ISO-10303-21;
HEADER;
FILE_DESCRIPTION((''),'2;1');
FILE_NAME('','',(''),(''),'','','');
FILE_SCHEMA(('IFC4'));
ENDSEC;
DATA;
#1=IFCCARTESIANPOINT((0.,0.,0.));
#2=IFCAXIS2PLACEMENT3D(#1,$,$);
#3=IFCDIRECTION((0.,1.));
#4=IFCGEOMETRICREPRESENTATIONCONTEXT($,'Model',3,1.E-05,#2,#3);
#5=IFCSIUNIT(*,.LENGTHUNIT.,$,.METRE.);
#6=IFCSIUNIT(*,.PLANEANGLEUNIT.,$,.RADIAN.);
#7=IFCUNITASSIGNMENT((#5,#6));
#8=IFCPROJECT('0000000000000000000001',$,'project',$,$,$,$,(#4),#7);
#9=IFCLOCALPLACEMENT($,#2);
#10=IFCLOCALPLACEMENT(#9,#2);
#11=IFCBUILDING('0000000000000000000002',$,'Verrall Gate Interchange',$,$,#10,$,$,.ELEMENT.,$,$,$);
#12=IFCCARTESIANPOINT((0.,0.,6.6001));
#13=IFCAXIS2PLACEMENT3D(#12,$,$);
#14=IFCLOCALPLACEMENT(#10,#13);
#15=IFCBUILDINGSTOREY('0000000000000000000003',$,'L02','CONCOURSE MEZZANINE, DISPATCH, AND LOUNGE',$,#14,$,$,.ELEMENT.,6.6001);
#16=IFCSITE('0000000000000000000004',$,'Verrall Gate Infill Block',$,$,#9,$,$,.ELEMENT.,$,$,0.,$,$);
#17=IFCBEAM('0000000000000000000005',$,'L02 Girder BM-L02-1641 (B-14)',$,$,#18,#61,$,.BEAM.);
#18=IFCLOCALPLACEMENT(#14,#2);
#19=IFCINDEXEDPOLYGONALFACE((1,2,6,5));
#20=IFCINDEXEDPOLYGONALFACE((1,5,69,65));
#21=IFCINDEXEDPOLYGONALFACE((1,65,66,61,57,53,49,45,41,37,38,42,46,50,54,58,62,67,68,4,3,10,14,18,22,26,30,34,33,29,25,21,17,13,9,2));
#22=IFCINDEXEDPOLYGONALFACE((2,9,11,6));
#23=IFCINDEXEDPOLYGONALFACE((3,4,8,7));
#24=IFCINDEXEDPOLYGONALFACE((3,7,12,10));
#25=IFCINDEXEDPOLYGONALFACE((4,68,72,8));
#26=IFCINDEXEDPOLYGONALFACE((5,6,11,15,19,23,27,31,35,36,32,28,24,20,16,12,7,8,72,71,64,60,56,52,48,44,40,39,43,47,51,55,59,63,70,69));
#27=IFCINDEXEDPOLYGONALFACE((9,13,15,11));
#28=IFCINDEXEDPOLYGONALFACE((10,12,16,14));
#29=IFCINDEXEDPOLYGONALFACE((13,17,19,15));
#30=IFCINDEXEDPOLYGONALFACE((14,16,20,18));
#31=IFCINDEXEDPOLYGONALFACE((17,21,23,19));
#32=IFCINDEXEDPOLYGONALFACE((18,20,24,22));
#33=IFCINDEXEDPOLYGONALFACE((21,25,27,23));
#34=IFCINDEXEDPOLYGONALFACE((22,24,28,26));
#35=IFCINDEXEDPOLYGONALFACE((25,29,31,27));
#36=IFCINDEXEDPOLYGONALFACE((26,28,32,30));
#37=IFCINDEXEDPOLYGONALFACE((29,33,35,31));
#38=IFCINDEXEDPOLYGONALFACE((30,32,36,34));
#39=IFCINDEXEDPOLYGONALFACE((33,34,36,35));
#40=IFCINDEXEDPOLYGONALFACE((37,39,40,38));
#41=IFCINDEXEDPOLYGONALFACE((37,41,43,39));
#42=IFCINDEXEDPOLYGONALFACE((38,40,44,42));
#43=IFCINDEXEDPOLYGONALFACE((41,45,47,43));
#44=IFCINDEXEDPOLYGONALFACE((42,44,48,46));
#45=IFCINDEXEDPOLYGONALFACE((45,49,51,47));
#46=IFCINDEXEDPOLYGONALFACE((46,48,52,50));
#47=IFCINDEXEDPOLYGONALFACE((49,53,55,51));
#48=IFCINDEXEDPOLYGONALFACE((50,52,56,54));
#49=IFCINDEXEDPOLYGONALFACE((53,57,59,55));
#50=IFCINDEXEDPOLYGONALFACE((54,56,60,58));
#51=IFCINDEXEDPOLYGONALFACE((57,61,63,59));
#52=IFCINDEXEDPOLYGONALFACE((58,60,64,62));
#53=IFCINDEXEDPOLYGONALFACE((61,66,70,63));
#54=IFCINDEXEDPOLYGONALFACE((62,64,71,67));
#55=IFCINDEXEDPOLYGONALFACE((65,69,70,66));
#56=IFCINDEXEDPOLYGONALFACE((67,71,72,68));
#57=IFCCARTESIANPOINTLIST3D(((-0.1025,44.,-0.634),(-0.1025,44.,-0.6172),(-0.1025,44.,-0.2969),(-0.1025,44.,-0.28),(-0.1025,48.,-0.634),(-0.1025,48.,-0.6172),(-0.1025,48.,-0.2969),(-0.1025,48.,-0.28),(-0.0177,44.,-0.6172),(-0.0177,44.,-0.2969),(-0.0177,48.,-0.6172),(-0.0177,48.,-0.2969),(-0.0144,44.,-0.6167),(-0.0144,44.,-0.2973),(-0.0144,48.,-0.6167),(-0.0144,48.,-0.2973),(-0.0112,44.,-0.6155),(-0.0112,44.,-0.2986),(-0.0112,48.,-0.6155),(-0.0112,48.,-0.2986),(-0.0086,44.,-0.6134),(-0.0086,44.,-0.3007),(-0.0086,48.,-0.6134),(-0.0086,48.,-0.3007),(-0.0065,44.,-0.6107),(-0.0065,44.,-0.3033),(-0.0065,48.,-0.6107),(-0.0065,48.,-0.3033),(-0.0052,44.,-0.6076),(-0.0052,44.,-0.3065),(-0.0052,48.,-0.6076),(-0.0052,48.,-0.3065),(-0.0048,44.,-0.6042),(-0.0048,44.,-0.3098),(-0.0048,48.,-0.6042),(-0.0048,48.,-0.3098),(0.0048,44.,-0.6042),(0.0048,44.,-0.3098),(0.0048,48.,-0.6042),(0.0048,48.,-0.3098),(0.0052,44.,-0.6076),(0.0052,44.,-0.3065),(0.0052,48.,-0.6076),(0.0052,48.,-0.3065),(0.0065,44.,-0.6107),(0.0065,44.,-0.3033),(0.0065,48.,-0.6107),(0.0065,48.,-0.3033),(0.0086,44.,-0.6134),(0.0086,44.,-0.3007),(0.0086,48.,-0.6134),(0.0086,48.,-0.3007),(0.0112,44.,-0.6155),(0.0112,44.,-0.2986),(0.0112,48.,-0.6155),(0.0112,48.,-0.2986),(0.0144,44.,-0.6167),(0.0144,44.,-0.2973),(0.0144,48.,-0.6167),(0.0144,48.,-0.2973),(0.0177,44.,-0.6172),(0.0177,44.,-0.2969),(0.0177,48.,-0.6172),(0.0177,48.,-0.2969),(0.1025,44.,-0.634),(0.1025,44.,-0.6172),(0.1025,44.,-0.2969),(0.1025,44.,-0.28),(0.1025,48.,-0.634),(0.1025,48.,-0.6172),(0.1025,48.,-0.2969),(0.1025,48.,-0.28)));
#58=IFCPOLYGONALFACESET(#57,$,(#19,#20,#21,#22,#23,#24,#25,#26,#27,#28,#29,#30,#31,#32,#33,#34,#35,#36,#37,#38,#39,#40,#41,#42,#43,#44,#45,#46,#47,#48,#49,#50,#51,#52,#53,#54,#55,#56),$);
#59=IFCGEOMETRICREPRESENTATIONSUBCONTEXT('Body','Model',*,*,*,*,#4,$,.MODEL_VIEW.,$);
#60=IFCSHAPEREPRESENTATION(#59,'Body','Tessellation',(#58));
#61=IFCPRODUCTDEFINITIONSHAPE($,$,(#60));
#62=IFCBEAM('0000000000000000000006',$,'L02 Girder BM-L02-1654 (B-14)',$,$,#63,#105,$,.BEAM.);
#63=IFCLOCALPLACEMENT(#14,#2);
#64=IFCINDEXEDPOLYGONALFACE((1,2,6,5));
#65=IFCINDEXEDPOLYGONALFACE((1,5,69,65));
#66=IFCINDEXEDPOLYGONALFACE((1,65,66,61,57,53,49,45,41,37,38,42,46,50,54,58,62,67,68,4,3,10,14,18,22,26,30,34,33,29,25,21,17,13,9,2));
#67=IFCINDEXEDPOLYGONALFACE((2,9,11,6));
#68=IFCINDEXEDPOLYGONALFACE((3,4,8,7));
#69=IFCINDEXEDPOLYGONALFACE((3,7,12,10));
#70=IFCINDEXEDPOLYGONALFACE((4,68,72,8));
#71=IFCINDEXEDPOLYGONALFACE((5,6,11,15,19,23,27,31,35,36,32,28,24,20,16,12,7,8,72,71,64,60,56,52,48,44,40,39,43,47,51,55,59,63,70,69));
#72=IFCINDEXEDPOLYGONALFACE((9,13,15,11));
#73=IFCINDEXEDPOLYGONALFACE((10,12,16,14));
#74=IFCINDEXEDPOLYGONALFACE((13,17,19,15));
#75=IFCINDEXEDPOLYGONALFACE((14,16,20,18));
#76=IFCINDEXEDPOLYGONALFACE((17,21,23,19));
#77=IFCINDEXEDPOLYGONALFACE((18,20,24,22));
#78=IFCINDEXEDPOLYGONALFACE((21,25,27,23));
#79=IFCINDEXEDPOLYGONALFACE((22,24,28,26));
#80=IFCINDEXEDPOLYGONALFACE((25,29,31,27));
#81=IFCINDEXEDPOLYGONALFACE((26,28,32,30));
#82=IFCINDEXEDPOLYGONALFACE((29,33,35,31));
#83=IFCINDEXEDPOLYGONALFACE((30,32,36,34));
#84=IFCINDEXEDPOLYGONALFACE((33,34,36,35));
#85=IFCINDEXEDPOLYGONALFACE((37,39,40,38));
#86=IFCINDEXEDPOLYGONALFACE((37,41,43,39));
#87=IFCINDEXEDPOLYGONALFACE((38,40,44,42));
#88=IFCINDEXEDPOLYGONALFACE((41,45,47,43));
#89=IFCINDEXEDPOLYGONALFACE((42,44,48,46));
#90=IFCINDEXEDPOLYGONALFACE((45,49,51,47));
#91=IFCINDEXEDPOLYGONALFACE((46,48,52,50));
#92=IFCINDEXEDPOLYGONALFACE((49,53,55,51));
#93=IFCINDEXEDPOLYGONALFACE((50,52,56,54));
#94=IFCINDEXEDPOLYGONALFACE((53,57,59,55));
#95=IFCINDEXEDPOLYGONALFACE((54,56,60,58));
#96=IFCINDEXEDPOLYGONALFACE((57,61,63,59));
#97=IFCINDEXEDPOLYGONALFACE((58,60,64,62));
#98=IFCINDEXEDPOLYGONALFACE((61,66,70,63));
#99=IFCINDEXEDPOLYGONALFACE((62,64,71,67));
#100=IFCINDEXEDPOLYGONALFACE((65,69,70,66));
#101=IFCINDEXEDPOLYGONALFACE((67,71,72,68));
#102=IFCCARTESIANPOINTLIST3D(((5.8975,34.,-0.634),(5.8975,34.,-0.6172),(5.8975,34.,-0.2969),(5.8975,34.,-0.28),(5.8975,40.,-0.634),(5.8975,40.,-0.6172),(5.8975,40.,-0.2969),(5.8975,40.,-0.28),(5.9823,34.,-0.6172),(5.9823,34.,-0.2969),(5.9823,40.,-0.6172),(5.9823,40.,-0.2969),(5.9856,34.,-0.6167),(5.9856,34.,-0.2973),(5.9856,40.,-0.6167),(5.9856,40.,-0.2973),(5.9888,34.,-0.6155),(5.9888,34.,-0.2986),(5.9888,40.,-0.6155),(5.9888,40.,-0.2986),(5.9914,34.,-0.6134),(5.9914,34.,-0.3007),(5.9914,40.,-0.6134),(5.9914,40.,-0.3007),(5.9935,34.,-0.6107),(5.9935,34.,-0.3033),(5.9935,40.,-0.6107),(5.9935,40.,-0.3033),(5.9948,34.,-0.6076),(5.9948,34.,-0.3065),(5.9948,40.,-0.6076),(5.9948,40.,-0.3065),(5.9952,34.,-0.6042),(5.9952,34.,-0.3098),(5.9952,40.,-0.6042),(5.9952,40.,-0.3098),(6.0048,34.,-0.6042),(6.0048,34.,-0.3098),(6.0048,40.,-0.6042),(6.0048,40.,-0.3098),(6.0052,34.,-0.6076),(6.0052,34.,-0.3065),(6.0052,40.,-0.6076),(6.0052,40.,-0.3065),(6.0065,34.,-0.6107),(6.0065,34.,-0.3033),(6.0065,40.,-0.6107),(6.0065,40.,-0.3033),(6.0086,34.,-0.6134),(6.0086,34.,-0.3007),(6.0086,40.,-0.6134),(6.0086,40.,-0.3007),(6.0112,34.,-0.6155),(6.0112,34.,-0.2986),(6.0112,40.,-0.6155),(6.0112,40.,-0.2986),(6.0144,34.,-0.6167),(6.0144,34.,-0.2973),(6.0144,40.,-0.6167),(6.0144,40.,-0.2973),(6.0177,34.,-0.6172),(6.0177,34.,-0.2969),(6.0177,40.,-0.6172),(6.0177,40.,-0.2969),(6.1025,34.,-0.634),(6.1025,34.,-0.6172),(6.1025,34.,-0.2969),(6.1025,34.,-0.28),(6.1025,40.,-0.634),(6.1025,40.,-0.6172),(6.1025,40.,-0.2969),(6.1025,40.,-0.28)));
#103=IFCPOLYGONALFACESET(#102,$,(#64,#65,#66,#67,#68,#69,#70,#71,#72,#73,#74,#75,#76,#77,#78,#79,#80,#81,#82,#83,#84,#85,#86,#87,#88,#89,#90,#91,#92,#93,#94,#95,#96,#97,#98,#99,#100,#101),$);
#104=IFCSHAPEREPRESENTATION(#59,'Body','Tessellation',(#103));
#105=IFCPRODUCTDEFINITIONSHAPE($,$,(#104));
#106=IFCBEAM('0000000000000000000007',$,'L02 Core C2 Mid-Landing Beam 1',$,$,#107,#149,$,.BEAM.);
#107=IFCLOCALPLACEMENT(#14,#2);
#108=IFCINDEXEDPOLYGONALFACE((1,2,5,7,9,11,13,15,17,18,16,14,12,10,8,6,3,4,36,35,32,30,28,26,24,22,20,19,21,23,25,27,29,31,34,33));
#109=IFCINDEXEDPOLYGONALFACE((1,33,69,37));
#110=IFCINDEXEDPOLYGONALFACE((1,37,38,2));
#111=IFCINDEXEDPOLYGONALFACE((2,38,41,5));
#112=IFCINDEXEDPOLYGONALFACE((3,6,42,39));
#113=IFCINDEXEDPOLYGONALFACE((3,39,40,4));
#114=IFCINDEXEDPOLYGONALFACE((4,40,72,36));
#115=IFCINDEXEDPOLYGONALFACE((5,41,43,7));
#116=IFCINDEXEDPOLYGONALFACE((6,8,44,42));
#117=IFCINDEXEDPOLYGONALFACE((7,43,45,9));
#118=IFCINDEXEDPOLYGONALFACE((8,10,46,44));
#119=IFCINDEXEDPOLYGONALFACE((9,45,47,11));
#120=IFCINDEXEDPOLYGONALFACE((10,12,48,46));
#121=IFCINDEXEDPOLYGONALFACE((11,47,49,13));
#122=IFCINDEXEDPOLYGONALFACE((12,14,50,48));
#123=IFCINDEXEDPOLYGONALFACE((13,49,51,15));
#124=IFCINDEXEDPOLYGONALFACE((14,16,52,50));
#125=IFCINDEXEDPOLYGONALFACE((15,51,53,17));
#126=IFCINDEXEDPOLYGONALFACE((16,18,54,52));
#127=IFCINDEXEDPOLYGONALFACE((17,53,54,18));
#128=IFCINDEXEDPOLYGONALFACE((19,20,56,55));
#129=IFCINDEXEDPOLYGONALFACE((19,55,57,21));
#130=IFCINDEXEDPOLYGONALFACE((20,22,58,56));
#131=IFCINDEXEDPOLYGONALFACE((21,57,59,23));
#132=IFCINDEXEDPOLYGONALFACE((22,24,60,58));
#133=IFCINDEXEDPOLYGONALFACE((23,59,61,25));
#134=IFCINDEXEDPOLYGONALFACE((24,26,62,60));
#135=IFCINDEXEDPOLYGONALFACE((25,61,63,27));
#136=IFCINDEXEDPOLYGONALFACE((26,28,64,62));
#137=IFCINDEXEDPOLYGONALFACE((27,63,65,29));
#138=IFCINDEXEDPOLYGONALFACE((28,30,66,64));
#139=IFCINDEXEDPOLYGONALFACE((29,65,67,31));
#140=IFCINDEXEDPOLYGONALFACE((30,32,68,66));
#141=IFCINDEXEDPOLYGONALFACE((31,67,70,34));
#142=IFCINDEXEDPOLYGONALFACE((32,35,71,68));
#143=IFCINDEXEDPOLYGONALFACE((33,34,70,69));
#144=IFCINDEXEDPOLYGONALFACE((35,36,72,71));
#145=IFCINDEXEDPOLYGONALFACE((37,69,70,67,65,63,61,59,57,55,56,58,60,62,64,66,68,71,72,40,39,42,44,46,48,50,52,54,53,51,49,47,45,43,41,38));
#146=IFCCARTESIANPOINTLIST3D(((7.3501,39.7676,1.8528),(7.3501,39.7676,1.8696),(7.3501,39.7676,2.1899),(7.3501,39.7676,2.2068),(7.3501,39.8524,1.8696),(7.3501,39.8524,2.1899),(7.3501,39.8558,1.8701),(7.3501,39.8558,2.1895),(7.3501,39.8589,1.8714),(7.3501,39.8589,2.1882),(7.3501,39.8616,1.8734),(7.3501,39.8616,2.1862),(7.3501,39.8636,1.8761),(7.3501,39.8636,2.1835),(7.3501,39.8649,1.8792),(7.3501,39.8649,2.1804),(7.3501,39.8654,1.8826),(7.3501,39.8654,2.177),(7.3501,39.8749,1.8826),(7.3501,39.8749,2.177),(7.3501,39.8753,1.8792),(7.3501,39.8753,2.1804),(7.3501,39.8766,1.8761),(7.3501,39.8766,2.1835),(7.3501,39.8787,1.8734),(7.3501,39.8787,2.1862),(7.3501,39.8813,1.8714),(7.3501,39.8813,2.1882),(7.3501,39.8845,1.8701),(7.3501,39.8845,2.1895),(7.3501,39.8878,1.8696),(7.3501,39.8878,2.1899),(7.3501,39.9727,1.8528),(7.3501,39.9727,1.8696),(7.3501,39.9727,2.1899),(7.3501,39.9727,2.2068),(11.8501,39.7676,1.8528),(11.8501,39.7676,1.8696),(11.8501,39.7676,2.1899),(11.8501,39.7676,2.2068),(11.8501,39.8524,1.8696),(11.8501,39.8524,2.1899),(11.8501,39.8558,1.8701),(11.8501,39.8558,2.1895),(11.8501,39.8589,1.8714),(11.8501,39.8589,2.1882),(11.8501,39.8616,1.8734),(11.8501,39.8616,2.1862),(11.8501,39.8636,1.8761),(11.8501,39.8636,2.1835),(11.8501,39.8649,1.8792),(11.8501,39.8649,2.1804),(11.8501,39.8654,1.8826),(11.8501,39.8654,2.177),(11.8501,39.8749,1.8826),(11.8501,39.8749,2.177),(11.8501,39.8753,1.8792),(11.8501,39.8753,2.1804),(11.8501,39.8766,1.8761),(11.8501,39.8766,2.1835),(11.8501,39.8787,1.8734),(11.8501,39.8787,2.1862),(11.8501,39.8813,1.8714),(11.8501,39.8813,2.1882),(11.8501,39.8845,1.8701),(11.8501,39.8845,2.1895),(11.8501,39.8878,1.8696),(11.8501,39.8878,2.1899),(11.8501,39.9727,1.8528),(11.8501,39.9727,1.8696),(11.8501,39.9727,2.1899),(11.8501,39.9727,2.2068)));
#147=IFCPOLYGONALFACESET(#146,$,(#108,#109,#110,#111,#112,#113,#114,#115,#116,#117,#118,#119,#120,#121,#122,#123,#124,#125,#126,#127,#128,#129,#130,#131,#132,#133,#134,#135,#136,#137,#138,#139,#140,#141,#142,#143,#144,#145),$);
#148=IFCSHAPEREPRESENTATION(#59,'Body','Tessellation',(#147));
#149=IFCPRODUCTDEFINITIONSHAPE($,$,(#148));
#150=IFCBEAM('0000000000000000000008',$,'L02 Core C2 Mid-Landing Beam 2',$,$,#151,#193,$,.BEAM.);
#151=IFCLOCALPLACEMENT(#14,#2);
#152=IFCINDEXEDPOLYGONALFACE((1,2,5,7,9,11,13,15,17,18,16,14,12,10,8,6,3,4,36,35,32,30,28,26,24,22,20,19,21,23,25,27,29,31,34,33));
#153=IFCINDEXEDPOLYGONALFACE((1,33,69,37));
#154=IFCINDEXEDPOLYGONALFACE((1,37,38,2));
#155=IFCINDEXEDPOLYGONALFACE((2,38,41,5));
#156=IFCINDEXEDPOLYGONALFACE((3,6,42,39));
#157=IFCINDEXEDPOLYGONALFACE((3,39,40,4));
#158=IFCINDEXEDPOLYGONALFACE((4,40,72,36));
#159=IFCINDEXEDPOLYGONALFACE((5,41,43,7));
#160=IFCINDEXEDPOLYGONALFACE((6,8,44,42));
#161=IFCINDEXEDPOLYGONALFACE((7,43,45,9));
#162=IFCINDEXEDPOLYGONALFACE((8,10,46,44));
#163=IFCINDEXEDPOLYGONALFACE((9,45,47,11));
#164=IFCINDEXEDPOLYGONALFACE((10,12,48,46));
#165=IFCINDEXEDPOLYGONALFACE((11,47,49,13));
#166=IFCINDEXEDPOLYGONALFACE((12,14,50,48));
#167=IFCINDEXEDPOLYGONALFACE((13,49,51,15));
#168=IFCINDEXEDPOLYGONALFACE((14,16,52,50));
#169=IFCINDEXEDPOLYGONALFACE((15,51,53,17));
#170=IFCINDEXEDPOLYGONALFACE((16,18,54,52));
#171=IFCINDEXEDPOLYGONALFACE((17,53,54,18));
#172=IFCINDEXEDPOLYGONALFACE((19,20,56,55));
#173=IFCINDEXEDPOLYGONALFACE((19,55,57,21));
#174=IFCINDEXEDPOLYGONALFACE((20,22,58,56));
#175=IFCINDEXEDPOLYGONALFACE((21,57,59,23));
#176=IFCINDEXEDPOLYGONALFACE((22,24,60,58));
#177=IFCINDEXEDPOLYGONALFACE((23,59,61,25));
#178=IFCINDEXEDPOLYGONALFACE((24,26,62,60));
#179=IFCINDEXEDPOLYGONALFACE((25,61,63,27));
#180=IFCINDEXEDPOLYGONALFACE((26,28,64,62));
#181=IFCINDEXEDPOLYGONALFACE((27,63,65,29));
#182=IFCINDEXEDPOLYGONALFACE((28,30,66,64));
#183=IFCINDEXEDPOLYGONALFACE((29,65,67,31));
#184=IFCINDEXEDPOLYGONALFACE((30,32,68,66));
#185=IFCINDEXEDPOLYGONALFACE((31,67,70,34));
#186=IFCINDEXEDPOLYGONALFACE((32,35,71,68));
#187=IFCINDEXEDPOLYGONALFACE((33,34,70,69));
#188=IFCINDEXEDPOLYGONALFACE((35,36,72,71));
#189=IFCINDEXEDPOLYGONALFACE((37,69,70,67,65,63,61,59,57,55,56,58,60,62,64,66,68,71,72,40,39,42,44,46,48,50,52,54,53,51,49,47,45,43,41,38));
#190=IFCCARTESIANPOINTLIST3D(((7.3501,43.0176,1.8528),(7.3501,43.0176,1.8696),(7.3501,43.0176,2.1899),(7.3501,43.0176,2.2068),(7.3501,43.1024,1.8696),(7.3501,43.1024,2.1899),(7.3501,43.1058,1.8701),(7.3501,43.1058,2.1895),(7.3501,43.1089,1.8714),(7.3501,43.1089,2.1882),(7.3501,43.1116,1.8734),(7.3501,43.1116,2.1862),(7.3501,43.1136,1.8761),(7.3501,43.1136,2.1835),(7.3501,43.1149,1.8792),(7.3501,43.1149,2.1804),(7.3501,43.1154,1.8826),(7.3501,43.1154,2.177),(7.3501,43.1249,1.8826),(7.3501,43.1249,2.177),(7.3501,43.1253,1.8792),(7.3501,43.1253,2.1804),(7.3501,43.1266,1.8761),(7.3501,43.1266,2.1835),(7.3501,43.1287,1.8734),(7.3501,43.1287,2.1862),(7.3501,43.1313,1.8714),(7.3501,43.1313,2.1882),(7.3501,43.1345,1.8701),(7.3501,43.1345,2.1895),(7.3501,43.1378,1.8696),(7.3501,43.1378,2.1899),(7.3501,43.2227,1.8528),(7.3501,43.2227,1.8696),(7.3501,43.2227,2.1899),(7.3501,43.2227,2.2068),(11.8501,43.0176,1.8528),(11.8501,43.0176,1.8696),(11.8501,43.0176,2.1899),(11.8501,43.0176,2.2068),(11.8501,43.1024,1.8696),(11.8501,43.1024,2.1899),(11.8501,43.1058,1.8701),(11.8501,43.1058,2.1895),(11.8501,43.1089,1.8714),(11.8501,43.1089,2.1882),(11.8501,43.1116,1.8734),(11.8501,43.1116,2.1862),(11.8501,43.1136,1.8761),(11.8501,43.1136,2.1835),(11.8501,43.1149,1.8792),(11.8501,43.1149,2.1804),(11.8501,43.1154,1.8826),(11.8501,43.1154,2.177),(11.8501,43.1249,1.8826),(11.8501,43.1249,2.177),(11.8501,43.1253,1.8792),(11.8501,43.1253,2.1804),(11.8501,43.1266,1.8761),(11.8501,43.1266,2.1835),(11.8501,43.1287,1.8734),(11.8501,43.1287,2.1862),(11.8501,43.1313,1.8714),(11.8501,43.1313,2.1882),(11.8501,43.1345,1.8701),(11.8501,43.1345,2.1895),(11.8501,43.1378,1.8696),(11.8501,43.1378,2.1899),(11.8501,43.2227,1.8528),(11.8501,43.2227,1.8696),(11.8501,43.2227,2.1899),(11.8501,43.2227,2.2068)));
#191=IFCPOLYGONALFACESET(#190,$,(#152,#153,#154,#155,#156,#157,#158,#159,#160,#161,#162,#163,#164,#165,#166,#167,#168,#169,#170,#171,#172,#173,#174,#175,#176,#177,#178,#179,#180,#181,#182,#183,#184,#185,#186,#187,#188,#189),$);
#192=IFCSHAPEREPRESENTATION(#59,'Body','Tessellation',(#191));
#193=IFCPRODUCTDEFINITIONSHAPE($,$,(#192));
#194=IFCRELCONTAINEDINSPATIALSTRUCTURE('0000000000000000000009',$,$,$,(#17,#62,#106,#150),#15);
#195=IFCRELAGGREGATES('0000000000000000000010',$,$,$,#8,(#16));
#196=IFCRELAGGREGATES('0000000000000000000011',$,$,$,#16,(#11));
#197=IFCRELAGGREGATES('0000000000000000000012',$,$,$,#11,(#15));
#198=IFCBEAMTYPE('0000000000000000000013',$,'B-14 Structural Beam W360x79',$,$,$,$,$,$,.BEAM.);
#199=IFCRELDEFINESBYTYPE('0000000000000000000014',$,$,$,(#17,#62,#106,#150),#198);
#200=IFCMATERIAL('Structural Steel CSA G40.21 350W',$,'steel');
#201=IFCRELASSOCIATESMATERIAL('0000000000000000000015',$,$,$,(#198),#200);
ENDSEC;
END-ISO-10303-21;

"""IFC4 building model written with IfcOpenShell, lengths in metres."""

from ifc_helpers import new_model, si_unit, direction, frame, origin, origin_2d, place, context, subcontext, project, spatial, i_section, extrude, material, material_profile, profile_set, type_object, element, save


model = new_model("IFC4")

# Units and contexts
model_context = context("Model", 3, precision=1e-05, world=origin(), true_north=direction((0.0, 1.0)))
body_context = subcontext(model_context, "Body", "Model", "MODEL_VIEW")
ifc_project = project(units=[si_unit("LENGTHUNIT", "METRE"), si_unit("PLANEANGLEUNIT", "RADIAN")], contexts=[model_context])

# Site, building, storey
site_placement = place(None, origin())
site = spatial("IfcSite", under=ifc_project, at=site_placement, Name="Verrall Gate Infill Block", CompositionType="ELEMENT", RefElevation=0.0)
building_placement = place(site_placement, origin())
building = spatial("IfcBuilding", under=site, at=building_placement, Name="Verrall Gate Interchange", CompositionType="ELEMENT")
storey_placement = place(building_placement, frame((0.0, 0.0, 6.6001)))
storey = spatial("IfcBuildingStorey", under=building, at=storey_placement, Name="L02", Description="CONCOURSE MEZZANINE, DISPATCH, AND LOUNGE", CompositionType="ELEMENT", Elevation=6.6001)

# Beams
ifc_material_1 = material(Name="Structural Steel CSA G40.21 350W", Category="steel")
ifc_material_profile_1 = material_profile(ifc_material_1, i_section(OverallWidth=0.2051, OverallDepth=0.354, WebThickness=0.0095, FlangeThickness=0.0168, FilletRadius=0.0129, at=origin_2d()), Name="W360x79")
ifc_profile_set_1 = profile_set([ifc_material_profile_1], Name="Structural Steel CSA G40.21 350W")
beam_type_1 = type_object("IfcBeamType", Name="B-14 Structural Beam W360x79", PredefinedType="BEAM", material=ifc_profile_set_1)
for number, where, z_axis, x_axis, name in (
    (1, (0.0, 44.0, -0.457), (0.0, 1.0, 0.0), (-1.0, 0.0, 0.0), "L02 Girder BM-L02-1641 (B-14)"),
):
    element("IfcBeam", number, at=place(storey_placement, frame(where, z_axis=z_axis, x_axis=x_axis)), inside=storey, type_object=beam_type_1, Name=name, PredefinedType="BEAM", context=body_context, shape_type="SweptSolid", body=[
        extrude(i_section(OverallWidth=0.2051, OverallDepth=0.354, WebThickness=0.0095, FlangeThickness=0.0168, FilletRadius=0.0129, at=origin_2d()), origin(), (0.0, 0.0, 1.0), 4.0),
    ])
beam_1_placement = place(storey_placement, frame((6.0, 34.0, -0.457), z_axis=(0.0, 1.0, 0.0), x_axis=(-1.0, 0.0, 0.0)))
element("IfcBeam", 2, at=beam_1_placement, inside=storey, type_object=beam_type_1, Name="L02 Girder BM-L02-1654 (B-14)", PredefinedType="BEAM", context=body_context, shape_type="SweptSolid", body=[
    extrude(i_section(OverallWidth=0.2051, OverallDepth=0.354, WebThickness=0.0095, FlangeThickness=0.0168, FilletRadius=0.0129, at=origin_2d()), origin(), (0.0, 0.0, 1.0), 6.0),
])
for number, where, z_axis, x_axis, name in (
    (3, (7.3501, 39.8701, 2.0298), (1.0, 0.0, 0.0), (0.0, 1.0, 0.0), "L02 Core C2 Mid-Landing Beam 1"),
    (4, (7.3501, 43.1201, 2.0298), (1.0, 0.0, 0.0), (0.0, 1.0, 0.0), "L02 Core C2 Mid-Landing Beam 2"),
):
    element("IfcBeam", number, at=place(storey_placement, frame(where, z_axis=z_axis, x_axis=x_axis)), inside=storey, type_object=beam_type_1, Name=name, PredefinedType="BEAM", context=body_context, shape_type="SweptSolid", body=[
        extrude(i_section(OverallWidth=0.2051, OverallDepth=0.354, WebThickness=0.0095, FlangeThickness=0.0168, FilletRadius=0.0129, at=origin_2d()), origin(), (0.0, 0.0, 1.0), 4.5),
    ])

save(model, "model.ifc")
